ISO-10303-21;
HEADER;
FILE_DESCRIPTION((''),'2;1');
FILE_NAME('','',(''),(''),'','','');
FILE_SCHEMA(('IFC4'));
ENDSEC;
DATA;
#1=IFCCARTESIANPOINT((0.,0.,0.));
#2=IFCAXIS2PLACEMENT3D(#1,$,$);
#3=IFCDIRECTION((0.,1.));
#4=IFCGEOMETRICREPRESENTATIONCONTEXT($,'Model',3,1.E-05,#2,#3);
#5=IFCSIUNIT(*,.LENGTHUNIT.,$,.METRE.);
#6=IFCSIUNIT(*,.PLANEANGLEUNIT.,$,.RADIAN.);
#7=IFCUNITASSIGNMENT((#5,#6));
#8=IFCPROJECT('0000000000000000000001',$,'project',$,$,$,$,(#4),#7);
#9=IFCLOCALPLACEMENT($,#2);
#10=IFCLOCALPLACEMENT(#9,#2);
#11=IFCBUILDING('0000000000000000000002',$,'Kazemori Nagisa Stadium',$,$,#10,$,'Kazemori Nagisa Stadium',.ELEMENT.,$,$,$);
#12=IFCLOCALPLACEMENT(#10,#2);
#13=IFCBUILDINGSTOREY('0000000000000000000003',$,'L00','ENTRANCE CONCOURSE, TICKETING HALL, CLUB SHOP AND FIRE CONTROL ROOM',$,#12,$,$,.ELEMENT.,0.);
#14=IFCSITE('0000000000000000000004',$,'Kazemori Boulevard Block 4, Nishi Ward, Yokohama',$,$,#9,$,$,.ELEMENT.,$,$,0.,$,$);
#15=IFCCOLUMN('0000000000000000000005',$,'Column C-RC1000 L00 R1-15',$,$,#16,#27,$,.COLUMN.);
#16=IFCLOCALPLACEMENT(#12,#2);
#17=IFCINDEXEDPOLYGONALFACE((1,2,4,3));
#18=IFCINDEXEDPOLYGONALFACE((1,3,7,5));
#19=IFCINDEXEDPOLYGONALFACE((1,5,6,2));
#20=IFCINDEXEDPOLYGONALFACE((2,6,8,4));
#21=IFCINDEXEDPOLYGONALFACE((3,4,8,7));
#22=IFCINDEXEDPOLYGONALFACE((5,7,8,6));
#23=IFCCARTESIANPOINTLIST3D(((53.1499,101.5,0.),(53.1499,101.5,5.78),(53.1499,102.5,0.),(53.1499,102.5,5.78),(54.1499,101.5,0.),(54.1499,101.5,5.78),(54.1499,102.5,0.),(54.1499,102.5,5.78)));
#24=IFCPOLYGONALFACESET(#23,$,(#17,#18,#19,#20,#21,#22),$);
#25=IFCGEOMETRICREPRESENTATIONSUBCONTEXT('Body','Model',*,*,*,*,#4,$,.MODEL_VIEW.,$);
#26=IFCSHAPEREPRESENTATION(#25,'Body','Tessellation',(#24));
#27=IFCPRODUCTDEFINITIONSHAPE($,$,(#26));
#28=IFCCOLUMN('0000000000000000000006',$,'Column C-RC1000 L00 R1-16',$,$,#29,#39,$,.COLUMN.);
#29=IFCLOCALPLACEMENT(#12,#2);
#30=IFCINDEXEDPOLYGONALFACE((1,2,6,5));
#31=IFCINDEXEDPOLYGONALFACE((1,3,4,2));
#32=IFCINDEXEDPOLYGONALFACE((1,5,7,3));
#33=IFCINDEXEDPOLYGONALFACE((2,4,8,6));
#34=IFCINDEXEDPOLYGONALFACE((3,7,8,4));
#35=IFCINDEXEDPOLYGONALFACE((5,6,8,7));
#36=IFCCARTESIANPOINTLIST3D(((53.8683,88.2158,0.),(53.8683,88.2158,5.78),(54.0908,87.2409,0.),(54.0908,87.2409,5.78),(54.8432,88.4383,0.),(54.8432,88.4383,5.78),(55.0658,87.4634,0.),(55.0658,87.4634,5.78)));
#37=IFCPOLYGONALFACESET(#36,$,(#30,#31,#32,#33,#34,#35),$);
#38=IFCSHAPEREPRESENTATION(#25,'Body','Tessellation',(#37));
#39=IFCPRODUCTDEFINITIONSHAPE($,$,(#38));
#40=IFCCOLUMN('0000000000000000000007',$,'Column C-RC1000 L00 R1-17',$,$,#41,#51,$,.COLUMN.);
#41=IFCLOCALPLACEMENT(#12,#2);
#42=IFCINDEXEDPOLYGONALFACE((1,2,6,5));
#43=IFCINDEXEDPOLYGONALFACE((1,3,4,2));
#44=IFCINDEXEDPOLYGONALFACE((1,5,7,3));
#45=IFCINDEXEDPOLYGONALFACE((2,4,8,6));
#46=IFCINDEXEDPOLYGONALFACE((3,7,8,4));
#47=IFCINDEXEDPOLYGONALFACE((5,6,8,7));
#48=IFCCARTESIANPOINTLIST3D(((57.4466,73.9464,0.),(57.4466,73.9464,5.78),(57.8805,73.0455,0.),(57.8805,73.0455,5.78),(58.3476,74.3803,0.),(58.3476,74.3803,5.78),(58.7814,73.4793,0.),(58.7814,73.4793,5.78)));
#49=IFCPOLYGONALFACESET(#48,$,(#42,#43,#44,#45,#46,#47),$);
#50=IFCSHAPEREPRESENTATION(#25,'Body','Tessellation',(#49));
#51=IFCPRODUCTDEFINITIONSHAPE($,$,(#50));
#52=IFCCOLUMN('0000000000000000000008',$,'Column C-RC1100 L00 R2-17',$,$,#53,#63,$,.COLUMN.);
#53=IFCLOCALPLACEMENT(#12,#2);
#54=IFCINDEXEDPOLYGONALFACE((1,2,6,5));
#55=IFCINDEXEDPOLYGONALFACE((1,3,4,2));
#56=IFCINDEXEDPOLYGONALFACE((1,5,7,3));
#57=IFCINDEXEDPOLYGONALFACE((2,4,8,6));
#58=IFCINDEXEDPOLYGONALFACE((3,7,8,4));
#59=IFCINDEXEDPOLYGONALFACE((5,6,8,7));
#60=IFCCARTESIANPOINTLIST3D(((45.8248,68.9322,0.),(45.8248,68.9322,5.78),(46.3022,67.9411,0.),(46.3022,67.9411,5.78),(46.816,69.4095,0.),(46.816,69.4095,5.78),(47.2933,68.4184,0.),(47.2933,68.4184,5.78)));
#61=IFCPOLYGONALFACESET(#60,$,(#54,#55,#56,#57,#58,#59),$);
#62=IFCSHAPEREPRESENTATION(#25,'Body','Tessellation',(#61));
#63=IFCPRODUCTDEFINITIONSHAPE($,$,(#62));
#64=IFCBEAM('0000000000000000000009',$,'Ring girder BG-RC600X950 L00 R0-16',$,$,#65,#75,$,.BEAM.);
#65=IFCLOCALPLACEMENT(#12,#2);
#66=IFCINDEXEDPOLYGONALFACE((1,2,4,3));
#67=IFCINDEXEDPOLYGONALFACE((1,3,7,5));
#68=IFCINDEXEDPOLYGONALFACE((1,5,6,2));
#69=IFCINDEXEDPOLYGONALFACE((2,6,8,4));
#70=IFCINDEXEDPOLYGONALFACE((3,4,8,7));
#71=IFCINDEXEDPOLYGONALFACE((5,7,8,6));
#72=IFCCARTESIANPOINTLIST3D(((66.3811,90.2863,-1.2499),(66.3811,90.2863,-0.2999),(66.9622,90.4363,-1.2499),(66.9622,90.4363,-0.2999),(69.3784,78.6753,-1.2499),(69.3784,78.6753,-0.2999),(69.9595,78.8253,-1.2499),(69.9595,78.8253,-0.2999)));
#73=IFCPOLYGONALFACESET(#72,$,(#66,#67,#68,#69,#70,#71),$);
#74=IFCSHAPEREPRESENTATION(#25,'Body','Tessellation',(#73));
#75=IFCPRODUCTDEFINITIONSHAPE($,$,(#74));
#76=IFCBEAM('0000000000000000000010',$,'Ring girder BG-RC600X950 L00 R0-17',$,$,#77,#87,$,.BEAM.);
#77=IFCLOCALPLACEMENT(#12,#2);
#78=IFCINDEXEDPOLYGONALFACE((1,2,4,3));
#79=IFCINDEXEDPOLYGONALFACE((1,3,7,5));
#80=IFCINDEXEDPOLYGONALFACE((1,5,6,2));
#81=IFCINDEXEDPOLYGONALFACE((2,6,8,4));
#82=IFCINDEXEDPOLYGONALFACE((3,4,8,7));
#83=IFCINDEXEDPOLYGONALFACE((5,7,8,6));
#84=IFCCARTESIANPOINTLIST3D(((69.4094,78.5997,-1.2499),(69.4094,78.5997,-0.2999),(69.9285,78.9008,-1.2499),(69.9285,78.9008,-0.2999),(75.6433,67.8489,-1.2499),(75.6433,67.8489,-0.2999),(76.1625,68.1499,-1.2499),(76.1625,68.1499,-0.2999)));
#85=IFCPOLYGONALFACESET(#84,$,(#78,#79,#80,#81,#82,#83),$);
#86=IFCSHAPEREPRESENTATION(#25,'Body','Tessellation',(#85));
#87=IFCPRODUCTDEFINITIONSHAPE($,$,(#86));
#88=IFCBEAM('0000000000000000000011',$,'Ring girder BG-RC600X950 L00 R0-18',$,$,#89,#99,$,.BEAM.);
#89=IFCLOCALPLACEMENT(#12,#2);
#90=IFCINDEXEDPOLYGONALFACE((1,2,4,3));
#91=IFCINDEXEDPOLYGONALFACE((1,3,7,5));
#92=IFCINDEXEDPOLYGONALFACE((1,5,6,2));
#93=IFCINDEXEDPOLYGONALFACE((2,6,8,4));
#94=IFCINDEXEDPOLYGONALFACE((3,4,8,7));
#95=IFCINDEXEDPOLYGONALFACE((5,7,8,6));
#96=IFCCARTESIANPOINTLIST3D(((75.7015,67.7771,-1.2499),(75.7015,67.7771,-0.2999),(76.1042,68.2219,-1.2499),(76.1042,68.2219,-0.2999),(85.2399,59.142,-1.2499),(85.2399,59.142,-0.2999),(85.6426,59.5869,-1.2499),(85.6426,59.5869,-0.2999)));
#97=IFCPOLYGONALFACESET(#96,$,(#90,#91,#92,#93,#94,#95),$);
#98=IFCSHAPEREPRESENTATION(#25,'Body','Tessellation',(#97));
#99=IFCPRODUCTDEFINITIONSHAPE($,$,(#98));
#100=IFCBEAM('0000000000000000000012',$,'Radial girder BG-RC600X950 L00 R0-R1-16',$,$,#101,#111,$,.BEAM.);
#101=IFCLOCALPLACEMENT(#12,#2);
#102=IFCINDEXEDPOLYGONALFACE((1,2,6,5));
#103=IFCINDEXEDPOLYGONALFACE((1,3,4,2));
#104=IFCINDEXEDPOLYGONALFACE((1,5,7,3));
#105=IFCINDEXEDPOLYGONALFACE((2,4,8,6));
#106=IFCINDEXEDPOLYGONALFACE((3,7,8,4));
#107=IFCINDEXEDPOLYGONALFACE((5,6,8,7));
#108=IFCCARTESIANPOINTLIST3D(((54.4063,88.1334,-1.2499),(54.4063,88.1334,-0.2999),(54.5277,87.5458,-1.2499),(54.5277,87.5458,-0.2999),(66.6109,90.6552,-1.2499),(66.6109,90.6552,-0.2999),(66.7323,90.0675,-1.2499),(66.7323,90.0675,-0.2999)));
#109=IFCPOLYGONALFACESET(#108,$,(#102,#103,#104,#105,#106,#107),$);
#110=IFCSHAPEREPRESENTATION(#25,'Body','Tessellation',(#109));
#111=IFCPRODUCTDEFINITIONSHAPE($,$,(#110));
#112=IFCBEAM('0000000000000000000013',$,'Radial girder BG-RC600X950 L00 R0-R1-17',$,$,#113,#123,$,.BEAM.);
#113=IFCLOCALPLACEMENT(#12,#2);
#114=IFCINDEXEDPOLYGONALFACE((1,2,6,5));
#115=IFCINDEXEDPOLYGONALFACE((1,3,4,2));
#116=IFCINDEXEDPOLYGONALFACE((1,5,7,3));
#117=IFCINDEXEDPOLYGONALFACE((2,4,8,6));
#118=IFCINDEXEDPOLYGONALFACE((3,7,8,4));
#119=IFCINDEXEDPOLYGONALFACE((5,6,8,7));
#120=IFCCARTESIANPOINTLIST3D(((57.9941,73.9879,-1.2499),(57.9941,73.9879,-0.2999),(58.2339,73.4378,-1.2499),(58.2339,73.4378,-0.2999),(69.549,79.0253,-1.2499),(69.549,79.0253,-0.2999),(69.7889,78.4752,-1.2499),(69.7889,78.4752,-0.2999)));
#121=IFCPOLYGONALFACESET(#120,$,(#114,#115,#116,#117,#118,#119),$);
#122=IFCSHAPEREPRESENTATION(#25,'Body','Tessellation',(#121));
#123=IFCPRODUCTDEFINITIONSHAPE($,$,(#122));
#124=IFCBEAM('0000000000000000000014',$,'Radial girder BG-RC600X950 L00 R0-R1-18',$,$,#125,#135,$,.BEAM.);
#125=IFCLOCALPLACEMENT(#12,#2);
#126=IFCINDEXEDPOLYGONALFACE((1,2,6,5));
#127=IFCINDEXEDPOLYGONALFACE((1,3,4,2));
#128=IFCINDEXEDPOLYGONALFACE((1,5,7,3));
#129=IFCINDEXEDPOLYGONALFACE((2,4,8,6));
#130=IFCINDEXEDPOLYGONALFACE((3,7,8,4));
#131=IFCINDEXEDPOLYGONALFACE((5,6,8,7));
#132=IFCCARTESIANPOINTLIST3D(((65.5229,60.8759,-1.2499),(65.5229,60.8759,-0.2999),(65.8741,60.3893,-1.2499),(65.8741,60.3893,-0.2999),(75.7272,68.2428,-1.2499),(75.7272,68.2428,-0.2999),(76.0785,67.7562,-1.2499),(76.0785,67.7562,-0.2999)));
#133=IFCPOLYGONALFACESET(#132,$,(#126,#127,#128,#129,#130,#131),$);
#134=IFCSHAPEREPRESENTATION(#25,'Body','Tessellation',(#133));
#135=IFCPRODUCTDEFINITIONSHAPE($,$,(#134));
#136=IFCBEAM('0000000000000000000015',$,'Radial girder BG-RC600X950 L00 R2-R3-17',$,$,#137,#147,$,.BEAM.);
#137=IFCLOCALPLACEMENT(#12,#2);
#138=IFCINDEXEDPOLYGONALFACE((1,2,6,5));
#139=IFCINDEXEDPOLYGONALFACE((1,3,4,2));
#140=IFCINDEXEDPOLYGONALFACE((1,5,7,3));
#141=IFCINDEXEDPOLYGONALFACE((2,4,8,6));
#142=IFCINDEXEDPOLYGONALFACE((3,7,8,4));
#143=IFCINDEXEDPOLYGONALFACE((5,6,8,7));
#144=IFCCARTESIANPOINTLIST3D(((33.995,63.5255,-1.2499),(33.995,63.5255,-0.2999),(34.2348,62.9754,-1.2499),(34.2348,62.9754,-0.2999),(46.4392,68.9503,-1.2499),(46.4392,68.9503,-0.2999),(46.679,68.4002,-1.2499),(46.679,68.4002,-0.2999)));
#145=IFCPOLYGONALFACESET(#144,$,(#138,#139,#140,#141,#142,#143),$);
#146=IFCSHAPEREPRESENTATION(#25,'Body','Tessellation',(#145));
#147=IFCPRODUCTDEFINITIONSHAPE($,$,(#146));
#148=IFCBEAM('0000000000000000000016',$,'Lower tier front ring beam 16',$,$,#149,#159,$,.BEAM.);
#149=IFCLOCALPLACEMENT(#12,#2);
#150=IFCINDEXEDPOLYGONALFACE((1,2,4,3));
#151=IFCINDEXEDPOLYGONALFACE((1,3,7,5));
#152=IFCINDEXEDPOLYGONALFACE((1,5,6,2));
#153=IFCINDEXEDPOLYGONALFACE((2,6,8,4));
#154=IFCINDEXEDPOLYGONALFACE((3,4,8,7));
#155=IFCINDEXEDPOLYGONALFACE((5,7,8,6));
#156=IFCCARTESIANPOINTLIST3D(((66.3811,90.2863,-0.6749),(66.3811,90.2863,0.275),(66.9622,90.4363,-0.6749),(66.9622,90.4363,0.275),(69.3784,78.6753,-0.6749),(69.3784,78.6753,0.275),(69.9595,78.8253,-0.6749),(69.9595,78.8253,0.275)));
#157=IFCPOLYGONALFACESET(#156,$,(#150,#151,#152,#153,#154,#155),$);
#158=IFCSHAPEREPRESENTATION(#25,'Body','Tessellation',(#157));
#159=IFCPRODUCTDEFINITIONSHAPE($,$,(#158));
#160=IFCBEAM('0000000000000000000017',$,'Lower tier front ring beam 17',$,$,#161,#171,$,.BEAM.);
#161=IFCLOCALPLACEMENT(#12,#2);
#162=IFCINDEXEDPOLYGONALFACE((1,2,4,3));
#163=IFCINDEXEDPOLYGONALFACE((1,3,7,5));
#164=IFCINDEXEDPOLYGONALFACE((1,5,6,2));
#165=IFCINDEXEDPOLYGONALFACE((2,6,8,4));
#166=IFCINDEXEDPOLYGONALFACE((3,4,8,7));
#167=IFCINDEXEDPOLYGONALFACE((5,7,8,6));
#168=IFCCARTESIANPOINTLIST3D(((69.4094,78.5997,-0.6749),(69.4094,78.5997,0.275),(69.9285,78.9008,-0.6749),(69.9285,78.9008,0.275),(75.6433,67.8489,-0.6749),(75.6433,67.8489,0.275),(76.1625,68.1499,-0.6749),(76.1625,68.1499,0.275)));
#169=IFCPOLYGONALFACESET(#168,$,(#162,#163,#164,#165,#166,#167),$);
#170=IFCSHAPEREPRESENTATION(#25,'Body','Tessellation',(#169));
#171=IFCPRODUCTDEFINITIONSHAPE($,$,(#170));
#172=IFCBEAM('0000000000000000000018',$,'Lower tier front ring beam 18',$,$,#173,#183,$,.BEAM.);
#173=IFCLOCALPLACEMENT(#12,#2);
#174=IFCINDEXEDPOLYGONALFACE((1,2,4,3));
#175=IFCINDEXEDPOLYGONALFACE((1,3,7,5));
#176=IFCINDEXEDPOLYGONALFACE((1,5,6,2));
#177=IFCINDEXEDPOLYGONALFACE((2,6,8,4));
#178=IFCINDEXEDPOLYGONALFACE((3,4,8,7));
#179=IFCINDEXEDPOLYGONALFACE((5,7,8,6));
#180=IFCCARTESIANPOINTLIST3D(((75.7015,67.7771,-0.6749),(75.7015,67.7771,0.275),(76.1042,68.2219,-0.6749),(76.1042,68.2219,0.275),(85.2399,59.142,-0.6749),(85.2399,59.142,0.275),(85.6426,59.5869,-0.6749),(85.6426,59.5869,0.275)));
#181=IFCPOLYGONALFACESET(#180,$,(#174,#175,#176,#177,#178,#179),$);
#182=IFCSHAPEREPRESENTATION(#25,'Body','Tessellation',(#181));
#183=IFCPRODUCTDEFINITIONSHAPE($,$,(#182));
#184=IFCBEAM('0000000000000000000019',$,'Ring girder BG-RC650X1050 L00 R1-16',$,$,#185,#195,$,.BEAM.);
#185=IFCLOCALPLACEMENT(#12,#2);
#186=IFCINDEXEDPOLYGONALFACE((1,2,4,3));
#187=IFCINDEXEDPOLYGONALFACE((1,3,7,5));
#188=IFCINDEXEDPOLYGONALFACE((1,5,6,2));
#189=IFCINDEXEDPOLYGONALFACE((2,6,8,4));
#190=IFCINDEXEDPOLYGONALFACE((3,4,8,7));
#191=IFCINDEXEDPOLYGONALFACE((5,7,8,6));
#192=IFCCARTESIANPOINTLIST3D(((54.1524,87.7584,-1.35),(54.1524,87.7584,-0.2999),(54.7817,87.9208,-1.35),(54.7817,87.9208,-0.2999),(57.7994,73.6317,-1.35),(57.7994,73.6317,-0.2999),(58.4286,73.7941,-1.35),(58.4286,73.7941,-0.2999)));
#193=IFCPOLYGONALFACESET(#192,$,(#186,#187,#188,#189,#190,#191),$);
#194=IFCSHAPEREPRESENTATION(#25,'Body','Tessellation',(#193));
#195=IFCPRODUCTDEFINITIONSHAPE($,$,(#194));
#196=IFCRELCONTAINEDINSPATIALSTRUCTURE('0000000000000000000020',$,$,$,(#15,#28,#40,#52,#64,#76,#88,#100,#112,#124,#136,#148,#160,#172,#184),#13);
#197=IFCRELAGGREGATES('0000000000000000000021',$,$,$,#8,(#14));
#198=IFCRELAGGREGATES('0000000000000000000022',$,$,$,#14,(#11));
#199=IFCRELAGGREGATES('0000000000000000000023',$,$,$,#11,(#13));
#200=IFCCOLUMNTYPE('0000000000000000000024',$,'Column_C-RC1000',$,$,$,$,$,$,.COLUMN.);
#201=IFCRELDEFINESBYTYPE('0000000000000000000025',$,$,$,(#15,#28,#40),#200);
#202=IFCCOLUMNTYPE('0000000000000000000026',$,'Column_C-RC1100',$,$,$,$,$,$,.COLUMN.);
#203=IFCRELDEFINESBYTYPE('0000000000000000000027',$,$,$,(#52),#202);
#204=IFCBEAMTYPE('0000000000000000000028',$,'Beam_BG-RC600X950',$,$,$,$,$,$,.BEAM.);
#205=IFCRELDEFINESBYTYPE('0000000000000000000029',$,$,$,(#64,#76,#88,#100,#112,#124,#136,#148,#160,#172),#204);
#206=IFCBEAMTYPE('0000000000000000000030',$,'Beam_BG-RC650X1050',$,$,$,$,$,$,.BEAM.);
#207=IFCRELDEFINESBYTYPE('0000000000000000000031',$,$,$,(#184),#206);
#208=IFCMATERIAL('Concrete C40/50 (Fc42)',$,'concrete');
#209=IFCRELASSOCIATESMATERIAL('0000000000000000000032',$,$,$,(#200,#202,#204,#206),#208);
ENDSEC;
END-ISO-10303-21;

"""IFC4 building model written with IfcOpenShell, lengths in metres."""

from ifc_helpers import new_model, si_unit, direction, frame, origin, origin_2d, place, context, subcontext, project, spatial, rectangle, extrude, material, material_profile, profile_set, type_object, element, save


model = new_model("IFC4")

# Units and contexts
model_context = context("Model", 3, precision=1e-05, world=origin(), true_north=direction((0.0, 1.0)))
body_context = subcontext(model_context, "Body", "Model", "MODEL_VIEW")
ifc_project = project(units=[si_unit("LENGTHUNIT", "METRE"), si_unit("PLANEANGLEUNIT", "RADIAN")], contexts=[model_context])

# Site, building, storey
site_placement = place(None, origin())
site = spatial("IfcSite", under=ifc_project, at=site_placement, Name="Kazemori Boulevard Block 4, Nishi Ward, Yokohama", CompositionType="ELEMENT", RefElevation=0.0)
building_placement = place(site_placement, origin())
building = spatial("IfcBuilding", under=site, at=building_placement, Name="Kazemori Nagisa Stadium", LongName="Kazemori Nagisa Stadium", CompositionType="ELEMENT")
storey_placement = place(building_placement, origin())
storey = spatial("IfcBuildingStorey", under=building, at=storey_placement, Name="L00", Description="ENTRANCE CONCOURSE, TICKETING HALL, CLUB SHOP AND FIRE CONTROL ROOM", CompositionType="ELEMENT", Elevation=0.0)

# Columns
ifc_material_1 = material(Name="Concrete C40/50 (Fc42)", Category="concrete")
ifc_material_profile_1 = material_profile(ifc_material_1, rectangle(XDim=1.0, YDim=1.0, at=origin_2d()), Name="RC-COL-1000x1000")
ifc_profile_set_1 = profile_set([ifc_material_profile_1], Name="Concrete C40/50 (Fc42)")
column_type_1 = type_object("IfcColumnType", Name="Column_C-RC1000", PredefinedType="COLUMN", material=ifc_profile_set_1)
for number, where, z_axis, x_axis, name in (
    (1, (53.6499, 102.0, 0.0), (0.0, 0.0, 1.0), (-1.0, 0.0, 0.0), "Column C-RC1000 L00 R1-15"),
    (2, (54.467, 87.8396, 0.0), (0.0, 0.0, 1.0), (-0.974928, -0.222521, 0.0), "Column C-RC1000 L00 R1-16"),
    (3, (58.114, 73.7129, 0.0), (0.0, 0.0, 1.0), (-0.900969, -0.433884, 0.0), "Column C-RC1000 L00 R1-17"),
):
    element("IfcColumn", number, at=place(storey_placement, frame(where, z_axis=z_axis, x_axis=x_axis)), inside=storey, type_object=column_type_1, Name=name, PredefinedType="COLUMN", context=body_context, shape_type="SweptSolid", body=[
        extrude(rectangle(XDim=1.0, YDim=1.0, at=origin_2d()), origin(), (0.0, 0.0, 1.0), 5.78),
    ])
ifc_material_profile_2 = material_profile(ifc_material_1, rectangle(XDim=1.1001, YDim=1.1001, at=origin_2d()), Name="RC-COL-1100x1100")
ifc_profile_set_2 = profile_set([ifc_material_profile_2], Name="Concrete C40/50 (Fc42)")
column_type_2 = type_object("IfcColumnType", Name="Column_C-RC1100", PredefinedType="COLUMN", material=ifc_profile_set_2)
column_placement = place(storey_placement, frame((46.5591, 68.6753, 0.0), z_axis=(0.0, 0.0, 1.0), x_axis=(-0.900969, -0.433884, 0.0)))
element("IfcColumn", 4, at=column_placement, inside=storey, type_object=column_type_2, Name="Column C-RC1100 L00 R2-17", PredefinedType="COLUMN", context=body_context, shape_type="SweptSolid", body=[
    extrude(rectangle(XDim=1.1001, YDim=1.1001, at=origin_2d()), origin(), (0.0, 0.0, 1.0), 5.78),
])

# Beams
ifc_material_profile_3 = material_profile(ifc_material_1, rectangle(XDim=0.6001, YDim=0.95, at=origin_2d()), Name="RC-BM-600x950")
ifc_profile_set_3 = profile_set([ifc_material_profile_3], Name="Concrete C40/50 (Fc42)")
beam_type_1 = type_object("IfcBeamType", Name="Beam_BG-RC600X950", PredefinedType="BEAM", material=ifc_profile_set_3)
beam_1_placement = place(storey_placement, frame((66.6716, 90.3613, -0.7749), z_axis=(0.249949, -0.968259, 0.0), x_axis=(0.968259, 0.249949, 0.0)))
element("IfcBeam", 5, at=beam_1_placement, inside=storey, type_object=beam_type_1, Name="Ring girder BG-RC600X950 L00 R0-16", PredefinedType="BEAM", context=body_context, shape_type="SweptSolid", body=[
    extrude(rectangle(XDim=0.6001, YDim=0.95, at=origin_2d()), origin(), (0.0, 0.0, 1.0), 11.9917),
])
beam_2_placement = place(storey_placement, frame((69.6689, 78.7502, -0.7749), z_axis=(0.501625, -0.865085, 0.0), x_axis=(0.865085, 0.501625, 0.0)))
element("IfcBeam", 6, at=beam_2_placement, inside=storey, type_object=beam_type_1, Name="Ring girder BG-RC600X950 L00 R0-17", PredefinedType="BEAM", context=body_context, shape_type="SweptSolid", body=[
    extrude(rectangle(XDim=0.6001, YDim=0.95, at=origin_2d()), origin(), (0.0, 0.0, 1.0), 12.4275),
])
beam_3_placement = place(storey_placement, frame((75.9028, 67.9995, -0.7749), z_axis=(0.741339, -0.671131, 0.0), x_axis=(0.671131, 0.741339, 0.0)))
element("IfcBeam", 7, at=beam_3_placement, inside=storey, type_object=beam_type_1, Name="Ring girder BG-RC600X950 L00 R0-18", PredefinedType="BEAM", context=body_context, shape_type="SweptSolid", body=[
    extrude(rectangle(XDim=0.6001, YDim=0.95, at=origin_2d()), origin(), (0.0, 0.0, 1.0), 12.8665),
])
beam_4_placement = place(storey_placement, frame((66.6716, 90.3613, -0.7749), z_axis=(-0.979314, -0.202347, 0.0), x_axis=(0.202347, -0.979314, 0.0)))
element("IfcBeam", 8, at=beam_4_placement, inside=storey, type_object=beam_type_1, Name="Radial girder BG-RC600X950 L00 R0-R1-16", PredefinedType="BEAM", context=body_context, shape_type="SweptSolid", body=[
    extrude(rectangle(XDim=0.6001, YDim=0.95, at=origin_2d()), origin(), (0.0, 0.0, 1.0), 12.4624),
])
beam_5_placement = place(storey_placement, frame((69.6689, 78.7502, -0.7749), z_axis=(-0.916679, -0.399625, 0.0), x_axis=(0.399625, -0.916679, 0.0)))
element("IfcBeam", 9, at=beam_5_placement, inside=storey, type_object=beam_type_1, Name="Radial girder BG-RC600X950 L00 R0-R1-17", PredefinedType="BEAM", context=body_context, shape_type="SweptSolid", body=[
    extrude(rectangle(XDim=0.6001, YDim=0.95, at=origin_2d()), origin(), (0.0, 0.0, 1.0), 12.6052),
])
beam_6_placement = place(storey_placement, frame((75.9028, 67.9995, -0.7749), z_axis=(-0.810787, -0.585341, 0.0), x_axis=(0.585341, -0.810787, 0.0)))
element("IfcBeam", 10, at=beam_6_placement, inside=storey, type_object=beam_type_1, Name="Radial girder BG-RC600X950 L00 R0-R1-18", PredefinedType="BEAM", context=body_context, shape_type="SweptSolid", body=[
    extrude(rectangle(XDim=0.6001, YDim=0.95, at=origin_2d()), origin(), (0.0, 0.0, 1.0), 12.5857),
])
beam_7_placement = place(storey_placement, frame((46.5591, 68.6753, -0.7749), z_axis=(-0.916684, -0.399614, 0.0), x_axis=(0.399614, -0.916684, 0.0)))
element("IfcBeam", 11, at=beam_7_placement, inside=storey, type_object=beam_type_1, Name="Radial girder BG-RC600X950 L00 R2-R3-17", PredefinedType="BEAM", context=body_context, shape_type="SweptSolid", body=[
    extrude(rectangle(XDim=0.6001, YDim=0.95, at=origin_2d()), origin(), (0.0, 0.0, 1.0), 13.5752),
])
beam_8_placement = place(storey_placement, frame((66.6716, 90.3613, -0.2), z_axis=(0.249949, -0.968259, 0.0), x_axis=(0.968259, 0.249949, 0.0)))
element("IfcBeam", 12, at=beam_8_placement, inside=storey, type_object=beam_type_1, Name="Lower tier front ring beam 16", PredefinedType="BEAM", context=body_context, shape_type="SweptSolid", body=[
    extrude(rectangle(XDim=0.6001, YDim=0.95, at=origin_2d()), origin(), (0.0, 0.0, 1.0), 11.9917),
])
beam_9_placement = place(storey_placement, frame((69.6689, 78.7502, -0.2), z_axis=(0.501625, -0.865085, 0.0), x_axis=(0.865085, 0.501625, 0.0)))
element("IfcBeam", 13, at=beam_9_placement, inside=storey, type_object=beam_type_1, Name="Lower tier front ring beam 17", PredefinedType="BEAM", context=body_context, shape_type="SweptSolid", body=[
    extrude(rectangle(XDim=0.6001, YDim=0.95, at=origin_2d()), origin(), (0.0, 0.0, 1.0), 12.4275),
])
beam_10_placement = place(storey_placement, frame((75.9028, 67.9995, -0.2), z_axis=(0.741339, -0.671131, 0.0), x_axis=(0.671131, 0.741339, 0.0)))
element("IfcBeam", 14, at=beam_10_placement, inside=storey, type_object=beam_type_1, Name="Lower tier front ring beam 18", PredefinedType="BEAM", context=body_context, shape_type="SweptSolid", body=[
    extrude(rectangle(XDim=0.6001, YDim=0.95, at=origin_2d()), origin(), (0.0, 0.0, 1.0), 12.8665),
])
ifc_material_profile_4 = material_profile(ifc_material_1, rectangle(XDim=0.6499, YDim=1.05, at=origin_2d()), Name="RC-BM-650x1050")
ifc_profile_set_4 = profile_set([ifc_material_profile_4], Name="Concrete C40/50 (Fc42)")
beam_type_2 = type_object("IfcBeamType", Name="Beam_BG-RC650X1050", PredefinedType="BEAM", material=ifc_profile_set_4)
beam_11_placement = place(storey_placement, frame((54.467, 87.8396, -0.825), z_axis=(0.249966, -0.968255, 0.0), x_axis=(0.968255, 0.249966, 0.0)))
element("IfcBeam", 15, at=beam_11_placement, inside=storey, type_object=beam_type_2, Name="Ring girder BG-RC650X1050 L00 R1-16", PredefinedType="BEAM", context=body_context, shape_type="SweptSolid", body=[
    extrude(rectangle(XDim=0.6499, YDim=1.05, at=origin_2d()), origin(), (0.0, 0.0, 1.0), 14.5898),
])

save(model, "model.ifc")
